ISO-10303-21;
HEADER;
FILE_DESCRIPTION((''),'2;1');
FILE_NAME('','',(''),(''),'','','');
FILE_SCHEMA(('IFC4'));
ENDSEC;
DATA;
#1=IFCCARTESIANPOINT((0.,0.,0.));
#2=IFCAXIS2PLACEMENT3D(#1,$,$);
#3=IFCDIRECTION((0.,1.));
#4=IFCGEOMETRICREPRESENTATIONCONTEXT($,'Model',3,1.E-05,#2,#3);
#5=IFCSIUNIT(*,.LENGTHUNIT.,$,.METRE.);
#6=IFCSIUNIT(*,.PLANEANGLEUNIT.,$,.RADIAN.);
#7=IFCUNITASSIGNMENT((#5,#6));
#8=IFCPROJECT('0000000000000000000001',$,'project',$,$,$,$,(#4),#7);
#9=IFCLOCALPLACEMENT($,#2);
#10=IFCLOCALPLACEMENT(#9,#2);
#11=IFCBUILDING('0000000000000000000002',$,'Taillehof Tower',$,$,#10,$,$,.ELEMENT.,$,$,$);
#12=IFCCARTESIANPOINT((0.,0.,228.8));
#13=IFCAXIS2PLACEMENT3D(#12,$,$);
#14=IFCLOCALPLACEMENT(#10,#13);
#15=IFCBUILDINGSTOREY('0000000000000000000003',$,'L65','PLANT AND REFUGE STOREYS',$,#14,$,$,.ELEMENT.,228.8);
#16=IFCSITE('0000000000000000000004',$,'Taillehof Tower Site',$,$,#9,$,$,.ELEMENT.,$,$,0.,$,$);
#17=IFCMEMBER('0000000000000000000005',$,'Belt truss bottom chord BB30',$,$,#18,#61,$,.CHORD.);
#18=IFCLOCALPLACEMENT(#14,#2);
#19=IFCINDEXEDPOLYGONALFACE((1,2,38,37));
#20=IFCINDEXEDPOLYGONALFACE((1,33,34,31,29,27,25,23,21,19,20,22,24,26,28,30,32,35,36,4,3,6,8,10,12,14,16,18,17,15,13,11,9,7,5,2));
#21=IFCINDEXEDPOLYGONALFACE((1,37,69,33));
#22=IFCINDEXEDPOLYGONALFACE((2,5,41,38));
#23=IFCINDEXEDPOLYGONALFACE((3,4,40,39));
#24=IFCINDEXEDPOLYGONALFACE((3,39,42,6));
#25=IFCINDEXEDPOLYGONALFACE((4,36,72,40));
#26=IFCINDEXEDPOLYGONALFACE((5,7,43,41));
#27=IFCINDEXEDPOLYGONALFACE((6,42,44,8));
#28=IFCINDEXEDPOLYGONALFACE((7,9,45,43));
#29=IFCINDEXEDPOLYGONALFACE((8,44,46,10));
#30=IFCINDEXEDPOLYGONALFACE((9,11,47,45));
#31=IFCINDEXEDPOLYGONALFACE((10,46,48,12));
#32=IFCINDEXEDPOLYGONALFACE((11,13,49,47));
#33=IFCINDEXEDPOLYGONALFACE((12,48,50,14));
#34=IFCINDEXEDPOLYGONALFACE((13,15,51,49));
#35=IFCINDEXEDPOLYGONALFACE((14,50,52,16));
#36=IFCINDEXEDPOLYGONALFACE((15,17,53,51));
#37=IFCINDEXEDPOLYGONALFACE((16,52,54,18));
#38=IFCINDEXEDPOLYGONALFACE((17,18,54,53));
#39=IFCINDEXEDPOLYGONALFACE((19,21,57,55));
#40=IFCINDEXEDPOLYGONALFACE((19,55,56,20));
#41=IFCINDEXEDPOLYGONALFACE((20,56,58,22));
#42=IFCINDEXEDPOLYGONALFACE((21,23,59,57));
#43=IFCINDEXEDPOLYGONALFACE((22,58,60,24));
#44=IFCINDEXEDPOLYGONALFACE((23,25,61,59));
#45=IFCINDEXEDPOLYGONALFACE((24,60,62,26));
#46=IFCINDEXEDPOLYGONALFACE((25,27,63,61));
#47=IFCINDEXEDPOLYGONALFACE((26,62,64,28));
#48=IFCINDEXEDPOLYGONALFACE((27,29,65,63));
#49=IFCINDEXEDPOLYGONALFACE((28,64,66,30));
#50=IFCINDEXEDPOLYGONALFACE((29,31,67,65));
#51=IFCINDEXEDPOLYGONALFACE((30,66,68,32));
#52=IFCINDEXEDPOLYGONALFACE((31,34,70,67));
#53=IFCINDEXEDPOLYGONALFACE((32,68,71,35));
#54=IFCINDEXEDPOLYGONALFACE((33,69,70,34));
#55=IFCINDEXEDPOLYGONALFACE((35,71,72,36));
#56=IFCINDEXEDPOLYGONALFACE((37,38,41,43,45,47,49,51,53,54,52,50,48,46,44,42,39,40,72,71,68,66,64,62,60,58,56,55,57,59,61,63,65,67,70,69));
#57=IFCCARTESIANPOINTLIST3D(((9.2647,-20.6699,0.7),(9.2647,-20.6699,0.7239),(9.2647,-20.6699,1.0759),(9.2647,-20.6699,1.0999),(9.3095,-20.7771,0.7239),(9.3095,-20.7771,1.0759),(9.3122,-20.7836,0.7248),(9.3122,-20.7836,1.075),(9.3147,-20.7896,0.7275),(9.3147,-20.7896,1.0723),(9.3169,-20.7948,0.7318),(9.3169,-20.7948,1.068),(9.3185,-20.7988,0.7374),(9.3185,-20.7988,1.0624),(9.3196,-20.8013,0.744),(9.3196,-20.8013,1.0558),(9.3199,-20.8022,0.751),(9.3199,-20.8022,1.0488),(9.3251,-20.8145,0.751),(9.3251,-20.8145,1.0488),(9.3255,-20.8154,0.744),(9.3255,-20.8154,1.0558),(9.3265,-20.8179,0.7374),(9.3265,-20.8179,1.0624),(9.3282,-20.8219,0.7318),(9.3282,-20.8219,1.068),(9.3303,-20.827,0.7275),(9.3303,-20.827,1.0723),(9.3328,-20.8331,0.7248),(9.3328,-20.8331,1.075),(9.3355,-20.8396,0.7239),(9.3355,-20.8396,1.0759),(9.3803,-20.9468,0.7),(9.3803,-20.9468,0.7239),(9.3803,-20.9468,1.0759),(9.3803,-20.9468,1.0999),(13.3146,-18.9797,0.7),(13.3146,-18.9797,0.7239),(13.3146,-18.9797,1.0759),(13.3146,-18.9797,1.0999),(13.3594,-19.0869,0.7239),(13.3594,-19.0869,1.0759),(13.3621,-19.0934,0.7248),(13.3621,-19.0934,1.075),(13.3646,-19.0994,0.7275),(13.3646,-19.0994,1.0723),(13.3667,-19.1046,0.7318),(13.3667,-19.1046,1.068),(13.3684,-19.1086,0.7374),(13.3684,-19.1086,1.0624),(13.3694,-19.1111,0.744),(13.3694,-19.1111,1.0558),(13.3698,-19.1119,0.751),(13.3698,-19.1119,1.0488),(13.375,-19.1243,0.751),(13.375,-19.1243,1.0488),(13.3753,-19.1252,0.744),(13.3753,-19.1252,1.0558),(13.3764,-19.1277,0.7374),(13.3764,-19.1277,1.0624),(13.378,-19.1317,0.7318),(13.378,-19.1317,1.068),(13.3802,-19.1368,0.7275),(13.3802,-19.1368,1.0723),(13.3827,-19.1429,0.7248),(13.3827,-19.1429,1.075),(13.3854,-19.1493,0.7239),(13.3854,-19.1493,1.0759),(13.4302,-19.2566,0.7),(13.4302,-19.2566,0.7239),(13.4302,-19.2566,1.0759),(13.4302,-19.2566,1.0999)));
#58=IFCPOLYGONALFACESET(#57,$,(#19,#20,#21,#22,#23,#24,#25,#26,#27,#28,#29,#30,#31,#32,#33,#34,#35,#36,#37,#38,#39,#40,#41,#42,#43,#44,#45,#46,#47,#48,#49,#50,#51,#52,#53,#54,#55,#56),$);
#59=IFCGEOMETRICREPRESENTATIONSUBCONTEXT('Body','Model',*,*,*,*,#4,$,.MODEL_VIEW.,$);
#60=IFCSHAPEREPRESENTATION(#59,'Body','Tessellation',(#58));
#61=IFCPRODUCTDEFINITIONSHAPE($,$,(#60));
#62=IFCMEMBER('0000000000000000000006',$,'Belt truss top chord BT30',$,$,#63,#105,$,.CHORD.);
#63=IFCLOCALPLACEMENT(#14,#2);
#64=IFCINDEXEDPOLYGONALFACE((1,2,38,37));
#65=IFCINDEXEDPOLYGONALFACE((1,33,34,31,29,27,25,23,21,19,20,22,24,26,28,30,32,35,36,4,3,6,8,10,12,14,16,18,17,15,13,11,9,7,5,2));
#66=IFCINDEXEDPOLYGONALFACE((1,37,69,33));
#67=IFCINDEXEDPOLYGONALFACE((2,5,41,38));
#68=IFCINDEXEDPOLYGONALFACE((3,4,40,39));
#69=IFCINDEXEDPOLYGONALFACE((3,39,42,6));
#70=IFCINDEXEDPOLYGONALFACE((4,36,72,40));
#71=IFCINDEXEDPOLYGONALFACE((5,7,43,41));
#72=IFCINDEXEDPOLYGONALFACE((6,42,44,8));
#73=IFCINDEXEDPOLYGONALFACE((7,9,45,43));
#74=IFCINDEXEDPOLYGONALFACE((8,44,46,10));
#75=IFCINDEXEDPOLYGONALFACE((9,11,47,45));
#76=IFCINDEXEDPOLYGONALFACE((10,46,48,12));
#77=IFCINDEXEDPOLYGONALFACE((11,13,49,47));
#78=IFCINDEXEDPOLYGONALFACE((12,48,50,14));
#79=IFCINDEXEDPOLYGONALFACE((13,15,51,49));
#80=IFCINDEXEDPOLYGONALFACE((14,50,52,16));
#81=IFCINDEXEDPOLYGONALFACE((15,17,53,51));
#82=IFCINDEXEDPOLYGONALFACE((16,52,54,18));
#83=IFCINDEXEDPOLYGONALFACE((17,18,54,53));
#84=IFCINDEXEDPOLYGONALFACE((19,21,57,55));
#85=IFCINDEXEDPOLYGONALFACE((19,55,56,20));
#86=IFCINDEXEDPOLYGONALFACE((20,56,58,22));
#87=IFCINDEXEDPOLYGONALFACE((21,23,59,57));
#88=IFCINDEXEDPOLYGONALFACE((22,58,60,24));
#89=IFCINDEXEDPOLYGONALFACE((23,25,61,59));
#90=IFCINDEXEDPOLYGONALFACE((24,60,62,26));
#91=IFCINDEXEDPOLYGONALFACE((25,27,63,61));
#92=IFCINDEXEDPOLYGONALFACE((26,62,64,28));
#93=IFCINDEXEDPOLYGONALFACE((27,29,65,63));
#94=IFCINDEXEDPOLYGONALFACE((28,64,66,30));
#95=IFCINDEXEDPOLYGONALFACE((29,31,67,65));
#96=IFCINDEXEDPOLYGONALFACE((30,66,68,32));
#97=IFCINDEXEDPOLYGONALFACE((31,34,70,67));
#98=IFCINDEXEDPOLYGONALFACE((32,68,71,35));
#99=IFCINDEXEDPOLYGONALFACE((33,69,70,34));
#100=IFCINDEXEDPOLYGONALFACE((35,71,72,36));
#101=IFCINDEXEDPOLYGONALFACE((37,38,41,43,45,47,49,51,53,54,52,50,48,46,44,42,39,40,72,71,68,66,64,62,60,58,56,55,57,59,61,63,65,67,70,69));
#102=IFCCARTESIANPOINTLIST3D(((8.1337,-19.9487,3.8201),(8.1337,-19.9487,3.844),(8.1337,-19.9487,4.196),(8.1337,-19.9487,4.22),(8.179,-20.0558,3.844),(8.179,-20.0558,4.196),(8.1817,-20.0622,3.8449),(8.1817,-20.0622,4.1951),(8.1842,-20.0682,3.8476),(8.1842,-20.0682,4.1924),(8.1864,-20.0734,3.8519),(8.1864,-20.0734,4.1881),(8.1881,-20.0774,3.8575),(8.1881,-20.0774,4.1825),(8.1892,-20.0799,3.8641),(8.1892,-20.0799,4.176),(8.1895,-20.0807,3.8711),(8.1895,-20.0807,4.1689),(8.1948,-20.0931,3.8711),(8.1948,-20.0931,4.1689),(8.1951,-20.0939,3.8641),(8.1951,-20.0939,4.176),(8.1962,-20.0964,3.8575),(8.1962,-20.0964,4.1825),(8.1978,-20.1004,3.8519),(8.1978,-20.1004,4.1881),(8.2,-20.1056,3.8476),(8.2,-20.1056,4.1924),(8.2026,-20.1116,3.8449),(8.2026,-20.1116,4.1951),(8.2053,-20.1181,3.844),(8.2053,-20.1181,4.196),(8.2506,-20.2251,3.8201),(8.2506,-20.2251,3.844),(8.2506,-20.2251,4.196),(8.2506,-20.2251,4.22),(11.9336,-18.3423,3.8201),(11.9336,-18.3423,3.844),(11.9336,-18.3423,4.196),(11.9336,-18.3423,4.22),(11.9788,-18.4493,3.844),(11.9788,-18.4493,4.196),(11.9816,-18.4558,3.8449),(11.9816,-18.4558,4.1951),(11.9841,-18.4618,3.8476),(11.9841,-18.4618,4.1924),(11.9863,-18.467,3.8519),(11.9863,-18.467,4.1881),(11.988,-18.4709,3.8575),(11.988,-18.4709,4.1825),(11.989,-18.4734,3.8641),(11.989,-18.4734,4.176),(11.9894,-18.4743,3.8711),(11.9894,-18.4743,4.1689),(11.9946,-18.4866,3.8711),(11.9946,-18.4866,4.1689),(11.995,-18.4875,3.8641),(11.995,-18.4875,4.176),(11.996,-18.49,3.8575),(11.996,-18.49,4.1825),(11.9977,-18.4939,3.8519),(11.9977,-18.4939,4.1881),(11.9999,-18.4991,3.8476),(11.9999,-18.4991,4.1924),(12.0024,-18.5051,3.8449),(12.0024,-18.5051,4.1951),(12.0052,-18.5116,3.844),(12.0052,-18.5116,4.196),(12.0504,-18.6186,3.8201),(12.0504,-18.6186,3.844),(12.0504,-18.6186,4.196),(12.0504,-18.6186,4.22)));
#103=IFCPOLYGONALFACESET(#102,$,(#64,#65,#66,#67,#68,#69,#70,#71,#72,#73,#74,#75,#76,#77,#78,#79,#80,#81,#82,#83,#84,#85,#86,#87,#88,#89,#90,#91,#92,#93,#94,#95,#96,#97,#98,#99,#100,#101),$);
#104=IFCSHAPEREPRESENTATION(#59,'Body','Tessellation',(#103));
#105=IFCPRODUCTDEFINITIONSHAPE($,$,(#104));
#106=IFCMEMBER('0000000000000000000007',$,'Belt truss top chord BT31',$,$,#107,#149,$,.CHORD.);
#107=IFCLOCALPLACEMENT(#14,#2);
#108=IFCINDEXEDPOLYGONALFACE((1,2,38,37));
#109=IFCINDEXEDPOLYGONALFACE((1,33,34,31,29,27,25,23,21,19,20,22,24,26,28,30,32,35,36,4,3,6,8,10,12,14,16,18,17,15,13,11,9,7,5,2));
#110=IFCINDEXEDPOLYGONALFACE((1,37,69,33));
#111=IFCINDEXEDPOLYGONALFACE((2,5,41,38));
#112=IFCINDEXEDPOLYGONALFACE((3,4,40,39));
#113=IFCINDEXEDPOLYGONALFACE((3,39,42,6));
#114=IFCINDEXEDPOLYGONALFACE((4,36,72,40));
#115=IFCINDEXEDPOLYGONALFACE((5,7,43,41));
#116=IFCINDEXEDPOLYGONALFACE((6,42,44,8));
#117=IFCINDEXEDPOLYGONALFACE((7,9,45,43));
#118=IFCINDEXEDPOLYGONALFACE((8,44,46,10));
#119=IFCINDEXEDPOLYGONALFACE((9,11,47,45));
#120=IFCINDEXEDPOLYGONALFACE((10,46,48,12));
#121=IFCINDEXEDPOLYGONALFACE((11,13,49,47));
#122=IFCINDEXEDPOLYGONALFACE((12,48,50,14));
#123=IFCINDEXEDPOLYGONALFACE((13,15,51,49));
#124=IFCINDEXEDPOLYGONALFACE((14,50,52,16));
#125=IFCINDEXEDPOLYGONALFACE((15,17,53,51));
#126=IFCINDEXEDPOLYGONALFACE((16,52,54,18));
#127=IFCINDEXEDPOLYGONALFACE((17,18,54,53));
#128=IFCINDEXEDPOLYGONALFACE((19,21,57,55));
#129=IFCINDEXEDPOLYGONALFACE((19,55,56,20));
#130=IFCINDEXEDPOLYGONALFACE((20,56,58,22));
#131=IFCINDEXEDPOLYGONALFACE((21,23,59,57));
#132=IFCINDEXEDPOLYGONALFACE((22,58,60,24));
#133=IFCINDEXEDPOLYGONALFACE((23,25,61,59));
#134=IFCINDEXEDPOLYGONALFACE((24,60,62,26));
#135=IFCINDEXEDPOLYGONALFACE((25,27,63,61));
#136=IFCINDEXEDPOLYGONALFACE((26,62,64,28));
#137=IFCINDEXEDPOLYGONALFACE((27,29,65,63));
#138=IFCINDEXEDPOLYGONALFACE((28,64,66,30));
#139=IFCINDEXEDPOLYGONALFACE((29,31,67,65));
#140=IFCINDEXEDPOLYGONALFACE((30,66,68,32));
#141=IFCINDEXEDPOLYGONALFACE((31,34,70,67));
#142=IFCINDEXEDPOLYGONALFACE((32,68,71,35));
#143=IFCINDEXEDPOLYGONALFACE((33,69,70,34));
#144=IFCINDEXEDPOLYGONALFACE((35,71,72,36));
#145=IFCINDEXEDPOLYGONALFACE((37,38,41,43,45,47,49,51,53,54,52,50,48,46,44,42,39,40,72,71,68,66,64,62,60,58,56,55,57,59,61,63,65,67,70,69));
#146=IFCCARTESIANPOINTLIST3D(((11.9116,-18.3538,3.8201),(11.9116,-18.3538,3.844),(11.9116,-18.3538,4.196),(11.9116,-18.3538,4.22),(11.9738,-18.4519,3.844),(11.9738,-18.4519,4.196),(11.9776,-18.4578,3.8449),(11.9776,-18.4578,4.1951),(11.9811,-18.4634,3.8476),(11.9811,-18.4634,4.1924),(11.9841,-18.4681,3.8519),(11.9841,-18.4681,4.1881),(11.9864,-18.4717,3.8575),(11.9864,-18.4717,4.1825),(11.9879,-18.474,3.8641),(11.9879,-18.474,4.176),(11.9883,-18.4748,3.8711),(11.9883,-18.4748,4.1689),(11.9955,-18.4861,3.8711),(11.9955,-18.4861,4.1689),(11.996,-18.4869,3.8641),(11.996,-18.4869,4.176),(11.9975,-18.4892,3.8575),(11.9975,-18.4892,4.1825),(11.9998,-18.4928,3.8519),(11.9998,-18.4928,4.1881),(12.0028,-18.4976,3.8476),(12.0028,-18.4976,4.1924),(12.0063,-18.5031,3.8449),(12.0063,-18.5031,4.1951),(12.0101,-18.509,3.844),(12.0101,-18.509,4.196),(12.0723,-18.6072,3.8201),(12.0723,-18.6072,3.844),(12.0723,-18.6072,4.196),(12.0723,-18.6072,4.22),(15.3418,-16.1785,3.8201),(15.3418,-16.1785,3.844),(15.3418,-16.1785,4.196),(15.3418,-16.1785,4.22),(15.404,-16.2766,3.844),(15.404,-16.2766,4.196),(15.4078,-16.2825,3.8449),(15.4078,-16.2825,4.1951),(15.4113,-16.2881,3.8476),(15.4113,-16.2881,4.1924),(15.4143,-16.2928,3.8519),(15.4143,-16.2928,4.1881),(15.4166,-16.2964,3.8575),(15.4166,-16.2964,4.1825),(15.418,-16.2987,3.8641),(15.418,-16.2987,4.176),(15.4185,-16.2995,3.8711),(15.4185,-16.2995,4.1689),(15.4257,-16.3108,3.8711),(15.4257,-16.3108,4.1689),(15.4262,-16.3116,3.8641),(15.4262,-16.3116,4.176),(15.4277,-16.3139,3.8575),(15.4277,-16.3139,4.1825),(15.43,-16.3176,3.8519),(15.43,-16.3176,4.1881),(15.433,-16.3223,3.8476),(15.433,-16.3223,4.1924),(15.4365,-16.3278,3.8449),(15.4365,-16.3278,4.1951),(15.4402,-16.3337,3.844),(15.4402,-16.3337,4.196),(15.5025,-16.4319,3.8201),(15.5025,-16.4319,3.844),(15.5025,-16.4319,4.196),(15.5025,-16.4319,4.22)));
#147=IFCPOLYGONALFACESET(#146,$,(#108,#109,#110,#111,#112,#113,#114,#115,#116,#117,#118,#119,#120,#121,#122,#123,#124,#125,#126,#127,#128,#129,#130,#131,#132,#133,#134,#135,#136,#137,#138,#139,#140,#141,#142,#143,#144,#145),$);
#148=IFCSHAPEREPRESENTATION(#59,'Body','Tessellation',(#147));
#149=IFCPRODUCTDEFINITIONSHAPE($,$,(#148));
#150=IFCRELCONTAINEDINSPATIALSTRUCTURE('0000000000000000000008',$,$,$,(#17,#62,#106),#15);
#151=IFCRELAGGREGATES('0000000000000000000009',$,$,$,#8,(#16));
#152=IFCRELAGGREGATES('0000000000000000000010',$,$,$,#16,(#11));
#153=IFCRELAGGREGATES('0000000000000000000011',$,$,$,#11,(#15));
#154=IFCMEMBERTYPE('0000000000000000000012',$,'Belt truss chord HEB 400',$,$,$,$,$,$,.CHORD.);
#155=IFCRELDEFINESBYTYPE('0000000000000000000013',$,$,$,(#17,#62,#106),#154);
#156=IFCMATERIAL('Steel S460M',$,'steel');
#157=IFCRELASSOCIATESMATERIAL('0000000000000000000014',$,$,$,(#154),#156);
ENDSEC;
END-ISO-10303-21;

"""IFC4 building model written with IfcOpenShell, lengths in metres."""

from ifc_helpers import new_model, si_unit, direction, frame, origin, origin_2d, place, context, subcontext, project, spatial, i_section, extrude, material, material_profile, profile_set, type_object, element, save


model = new_model("IFC4")

# Units and contexts
model_context = context("Model", 3, precision=1e-05, world=origin(), true_north=direction((0.0, 1.0)))
body_context = subcontext(model_context, "Body", "Model", "MODEL_VIEW")
ifc_project = project(units=[si_unit("LENGTHUNIT", "METRE"), si_unit("PLANEANGLEUNIT", "RADIAN")], contexts=[model_context])

# Site, building, storey
site_placement = place(None, origin())
site = spatial("IfcSite", under=ifc_project, at=site_placement, Name="Taillehof Tower Site", CompositionType="ELEMENT", RefElevation=0.0)
building_placement = place(site_placement, origin())
building = spatial("IfcBuilding", under=site, at=building_placement, Name="Taillehof Tower", CompositionType="ELEMENT")
storey_placement = place(building_placement, frame((0.0, 0.0, 228.8)))
storey = spatial("IfcBuildingStorey", under=building, at=storey_placement, Name="L65", Description="PLANT AND REFUGE STOREYS", CompositionType="ELEMENT", Elevation=228.8)

# Members
ifc_material_1 = material(Name="Steel S460M", Category="steel")
ifc_material_profile_1 = material_profile(ifc_material_1, i_section(OverallWidth=0.3, OverallDepth=0.3999, WebThickness=0.0134, FlangeThickness=0.0239, FilletRadius=0.0271, at=origin_2d()), Name="HEB 400")
ifc_profile_set_1 = profile_set([ifc_material_profile_1], Name="Steel S460M")
member_type_1 = type_object("IfcMemberType", Name="Belt truss chord HEB 400", PredefinedType="CHORD", material=ifc_profile_set_1)
member_1_placement = place(storey_placement, frame((9.3225, -20.8083, 0.8999), z_axis=(0.922853, 0.385153, 0.0), x_axis=(-0.385153, 0.922853, 0.0)))
element("IfcMember", 1, at=member_1_placement, inside=storey, type_object=member_type_1, Name="Belt truss bottom chord BB30", PredefinedType="CHORD", context=body_context, shape_type="SweptSolid", body=[
    extrude(i_section(OverallWidth=0.3, OverallDepth=0.3999, WebThickness=0.0134, FlangeThickness=0.0239, FilletRadius=0.0271, at=origin_2d()), origin(), (0.0, 0.0, 1.0), 4.3884),
])
member_2_placement = place(storey_placement, frame((8.1921, -20.0869, 4.02), z_axis=(0.921069, 0.389401, 0.0), x_axis=(-0.389401, 0.921069, 0.0)))
element("IfcMember", 2, at=member_2_placement, inside=storey, type_object=member_type_1, Name="Belt truss top chord BT30", PredefinedType="CHORD", context=body_context, shape_type="SweptSolid", body=[
    extrude(i_section(OverallWidth=0.3, OverallDepth=0.3999, WebThickness=0.0134, FlangeThickness=0.0239, FilletRadius=0.0271, at=origin_2d()), origin(), (0.0, 0.0, 1.0), 4.1255),
])
member_3_placement = place(storey_placement, frame((11.9919, -18.4805, 4.02), z_axis=(0.844502, 0.535552, 0.0), x_axis=(-0.535552, 0.844502, 0.0)))
element("IfcMember", 3, at=member_3_placement, inside=storey, type_object=member_type_1, Name="Belt truss top chord BT31", PredefinedType="CHORD", context=body_context, shape_type="SweptSolid", body=[
    extrude(i_section(OverallWidth=0.3, OverallDepth=0.3999, WebThickness=0.0134, FlangeThickness=0.0239, FilletRadius=0.0271, at=origin_2d()), origin(), (0.0, 0.0, 1.0), 4.0618),
])

save(model, "model.ifc")
